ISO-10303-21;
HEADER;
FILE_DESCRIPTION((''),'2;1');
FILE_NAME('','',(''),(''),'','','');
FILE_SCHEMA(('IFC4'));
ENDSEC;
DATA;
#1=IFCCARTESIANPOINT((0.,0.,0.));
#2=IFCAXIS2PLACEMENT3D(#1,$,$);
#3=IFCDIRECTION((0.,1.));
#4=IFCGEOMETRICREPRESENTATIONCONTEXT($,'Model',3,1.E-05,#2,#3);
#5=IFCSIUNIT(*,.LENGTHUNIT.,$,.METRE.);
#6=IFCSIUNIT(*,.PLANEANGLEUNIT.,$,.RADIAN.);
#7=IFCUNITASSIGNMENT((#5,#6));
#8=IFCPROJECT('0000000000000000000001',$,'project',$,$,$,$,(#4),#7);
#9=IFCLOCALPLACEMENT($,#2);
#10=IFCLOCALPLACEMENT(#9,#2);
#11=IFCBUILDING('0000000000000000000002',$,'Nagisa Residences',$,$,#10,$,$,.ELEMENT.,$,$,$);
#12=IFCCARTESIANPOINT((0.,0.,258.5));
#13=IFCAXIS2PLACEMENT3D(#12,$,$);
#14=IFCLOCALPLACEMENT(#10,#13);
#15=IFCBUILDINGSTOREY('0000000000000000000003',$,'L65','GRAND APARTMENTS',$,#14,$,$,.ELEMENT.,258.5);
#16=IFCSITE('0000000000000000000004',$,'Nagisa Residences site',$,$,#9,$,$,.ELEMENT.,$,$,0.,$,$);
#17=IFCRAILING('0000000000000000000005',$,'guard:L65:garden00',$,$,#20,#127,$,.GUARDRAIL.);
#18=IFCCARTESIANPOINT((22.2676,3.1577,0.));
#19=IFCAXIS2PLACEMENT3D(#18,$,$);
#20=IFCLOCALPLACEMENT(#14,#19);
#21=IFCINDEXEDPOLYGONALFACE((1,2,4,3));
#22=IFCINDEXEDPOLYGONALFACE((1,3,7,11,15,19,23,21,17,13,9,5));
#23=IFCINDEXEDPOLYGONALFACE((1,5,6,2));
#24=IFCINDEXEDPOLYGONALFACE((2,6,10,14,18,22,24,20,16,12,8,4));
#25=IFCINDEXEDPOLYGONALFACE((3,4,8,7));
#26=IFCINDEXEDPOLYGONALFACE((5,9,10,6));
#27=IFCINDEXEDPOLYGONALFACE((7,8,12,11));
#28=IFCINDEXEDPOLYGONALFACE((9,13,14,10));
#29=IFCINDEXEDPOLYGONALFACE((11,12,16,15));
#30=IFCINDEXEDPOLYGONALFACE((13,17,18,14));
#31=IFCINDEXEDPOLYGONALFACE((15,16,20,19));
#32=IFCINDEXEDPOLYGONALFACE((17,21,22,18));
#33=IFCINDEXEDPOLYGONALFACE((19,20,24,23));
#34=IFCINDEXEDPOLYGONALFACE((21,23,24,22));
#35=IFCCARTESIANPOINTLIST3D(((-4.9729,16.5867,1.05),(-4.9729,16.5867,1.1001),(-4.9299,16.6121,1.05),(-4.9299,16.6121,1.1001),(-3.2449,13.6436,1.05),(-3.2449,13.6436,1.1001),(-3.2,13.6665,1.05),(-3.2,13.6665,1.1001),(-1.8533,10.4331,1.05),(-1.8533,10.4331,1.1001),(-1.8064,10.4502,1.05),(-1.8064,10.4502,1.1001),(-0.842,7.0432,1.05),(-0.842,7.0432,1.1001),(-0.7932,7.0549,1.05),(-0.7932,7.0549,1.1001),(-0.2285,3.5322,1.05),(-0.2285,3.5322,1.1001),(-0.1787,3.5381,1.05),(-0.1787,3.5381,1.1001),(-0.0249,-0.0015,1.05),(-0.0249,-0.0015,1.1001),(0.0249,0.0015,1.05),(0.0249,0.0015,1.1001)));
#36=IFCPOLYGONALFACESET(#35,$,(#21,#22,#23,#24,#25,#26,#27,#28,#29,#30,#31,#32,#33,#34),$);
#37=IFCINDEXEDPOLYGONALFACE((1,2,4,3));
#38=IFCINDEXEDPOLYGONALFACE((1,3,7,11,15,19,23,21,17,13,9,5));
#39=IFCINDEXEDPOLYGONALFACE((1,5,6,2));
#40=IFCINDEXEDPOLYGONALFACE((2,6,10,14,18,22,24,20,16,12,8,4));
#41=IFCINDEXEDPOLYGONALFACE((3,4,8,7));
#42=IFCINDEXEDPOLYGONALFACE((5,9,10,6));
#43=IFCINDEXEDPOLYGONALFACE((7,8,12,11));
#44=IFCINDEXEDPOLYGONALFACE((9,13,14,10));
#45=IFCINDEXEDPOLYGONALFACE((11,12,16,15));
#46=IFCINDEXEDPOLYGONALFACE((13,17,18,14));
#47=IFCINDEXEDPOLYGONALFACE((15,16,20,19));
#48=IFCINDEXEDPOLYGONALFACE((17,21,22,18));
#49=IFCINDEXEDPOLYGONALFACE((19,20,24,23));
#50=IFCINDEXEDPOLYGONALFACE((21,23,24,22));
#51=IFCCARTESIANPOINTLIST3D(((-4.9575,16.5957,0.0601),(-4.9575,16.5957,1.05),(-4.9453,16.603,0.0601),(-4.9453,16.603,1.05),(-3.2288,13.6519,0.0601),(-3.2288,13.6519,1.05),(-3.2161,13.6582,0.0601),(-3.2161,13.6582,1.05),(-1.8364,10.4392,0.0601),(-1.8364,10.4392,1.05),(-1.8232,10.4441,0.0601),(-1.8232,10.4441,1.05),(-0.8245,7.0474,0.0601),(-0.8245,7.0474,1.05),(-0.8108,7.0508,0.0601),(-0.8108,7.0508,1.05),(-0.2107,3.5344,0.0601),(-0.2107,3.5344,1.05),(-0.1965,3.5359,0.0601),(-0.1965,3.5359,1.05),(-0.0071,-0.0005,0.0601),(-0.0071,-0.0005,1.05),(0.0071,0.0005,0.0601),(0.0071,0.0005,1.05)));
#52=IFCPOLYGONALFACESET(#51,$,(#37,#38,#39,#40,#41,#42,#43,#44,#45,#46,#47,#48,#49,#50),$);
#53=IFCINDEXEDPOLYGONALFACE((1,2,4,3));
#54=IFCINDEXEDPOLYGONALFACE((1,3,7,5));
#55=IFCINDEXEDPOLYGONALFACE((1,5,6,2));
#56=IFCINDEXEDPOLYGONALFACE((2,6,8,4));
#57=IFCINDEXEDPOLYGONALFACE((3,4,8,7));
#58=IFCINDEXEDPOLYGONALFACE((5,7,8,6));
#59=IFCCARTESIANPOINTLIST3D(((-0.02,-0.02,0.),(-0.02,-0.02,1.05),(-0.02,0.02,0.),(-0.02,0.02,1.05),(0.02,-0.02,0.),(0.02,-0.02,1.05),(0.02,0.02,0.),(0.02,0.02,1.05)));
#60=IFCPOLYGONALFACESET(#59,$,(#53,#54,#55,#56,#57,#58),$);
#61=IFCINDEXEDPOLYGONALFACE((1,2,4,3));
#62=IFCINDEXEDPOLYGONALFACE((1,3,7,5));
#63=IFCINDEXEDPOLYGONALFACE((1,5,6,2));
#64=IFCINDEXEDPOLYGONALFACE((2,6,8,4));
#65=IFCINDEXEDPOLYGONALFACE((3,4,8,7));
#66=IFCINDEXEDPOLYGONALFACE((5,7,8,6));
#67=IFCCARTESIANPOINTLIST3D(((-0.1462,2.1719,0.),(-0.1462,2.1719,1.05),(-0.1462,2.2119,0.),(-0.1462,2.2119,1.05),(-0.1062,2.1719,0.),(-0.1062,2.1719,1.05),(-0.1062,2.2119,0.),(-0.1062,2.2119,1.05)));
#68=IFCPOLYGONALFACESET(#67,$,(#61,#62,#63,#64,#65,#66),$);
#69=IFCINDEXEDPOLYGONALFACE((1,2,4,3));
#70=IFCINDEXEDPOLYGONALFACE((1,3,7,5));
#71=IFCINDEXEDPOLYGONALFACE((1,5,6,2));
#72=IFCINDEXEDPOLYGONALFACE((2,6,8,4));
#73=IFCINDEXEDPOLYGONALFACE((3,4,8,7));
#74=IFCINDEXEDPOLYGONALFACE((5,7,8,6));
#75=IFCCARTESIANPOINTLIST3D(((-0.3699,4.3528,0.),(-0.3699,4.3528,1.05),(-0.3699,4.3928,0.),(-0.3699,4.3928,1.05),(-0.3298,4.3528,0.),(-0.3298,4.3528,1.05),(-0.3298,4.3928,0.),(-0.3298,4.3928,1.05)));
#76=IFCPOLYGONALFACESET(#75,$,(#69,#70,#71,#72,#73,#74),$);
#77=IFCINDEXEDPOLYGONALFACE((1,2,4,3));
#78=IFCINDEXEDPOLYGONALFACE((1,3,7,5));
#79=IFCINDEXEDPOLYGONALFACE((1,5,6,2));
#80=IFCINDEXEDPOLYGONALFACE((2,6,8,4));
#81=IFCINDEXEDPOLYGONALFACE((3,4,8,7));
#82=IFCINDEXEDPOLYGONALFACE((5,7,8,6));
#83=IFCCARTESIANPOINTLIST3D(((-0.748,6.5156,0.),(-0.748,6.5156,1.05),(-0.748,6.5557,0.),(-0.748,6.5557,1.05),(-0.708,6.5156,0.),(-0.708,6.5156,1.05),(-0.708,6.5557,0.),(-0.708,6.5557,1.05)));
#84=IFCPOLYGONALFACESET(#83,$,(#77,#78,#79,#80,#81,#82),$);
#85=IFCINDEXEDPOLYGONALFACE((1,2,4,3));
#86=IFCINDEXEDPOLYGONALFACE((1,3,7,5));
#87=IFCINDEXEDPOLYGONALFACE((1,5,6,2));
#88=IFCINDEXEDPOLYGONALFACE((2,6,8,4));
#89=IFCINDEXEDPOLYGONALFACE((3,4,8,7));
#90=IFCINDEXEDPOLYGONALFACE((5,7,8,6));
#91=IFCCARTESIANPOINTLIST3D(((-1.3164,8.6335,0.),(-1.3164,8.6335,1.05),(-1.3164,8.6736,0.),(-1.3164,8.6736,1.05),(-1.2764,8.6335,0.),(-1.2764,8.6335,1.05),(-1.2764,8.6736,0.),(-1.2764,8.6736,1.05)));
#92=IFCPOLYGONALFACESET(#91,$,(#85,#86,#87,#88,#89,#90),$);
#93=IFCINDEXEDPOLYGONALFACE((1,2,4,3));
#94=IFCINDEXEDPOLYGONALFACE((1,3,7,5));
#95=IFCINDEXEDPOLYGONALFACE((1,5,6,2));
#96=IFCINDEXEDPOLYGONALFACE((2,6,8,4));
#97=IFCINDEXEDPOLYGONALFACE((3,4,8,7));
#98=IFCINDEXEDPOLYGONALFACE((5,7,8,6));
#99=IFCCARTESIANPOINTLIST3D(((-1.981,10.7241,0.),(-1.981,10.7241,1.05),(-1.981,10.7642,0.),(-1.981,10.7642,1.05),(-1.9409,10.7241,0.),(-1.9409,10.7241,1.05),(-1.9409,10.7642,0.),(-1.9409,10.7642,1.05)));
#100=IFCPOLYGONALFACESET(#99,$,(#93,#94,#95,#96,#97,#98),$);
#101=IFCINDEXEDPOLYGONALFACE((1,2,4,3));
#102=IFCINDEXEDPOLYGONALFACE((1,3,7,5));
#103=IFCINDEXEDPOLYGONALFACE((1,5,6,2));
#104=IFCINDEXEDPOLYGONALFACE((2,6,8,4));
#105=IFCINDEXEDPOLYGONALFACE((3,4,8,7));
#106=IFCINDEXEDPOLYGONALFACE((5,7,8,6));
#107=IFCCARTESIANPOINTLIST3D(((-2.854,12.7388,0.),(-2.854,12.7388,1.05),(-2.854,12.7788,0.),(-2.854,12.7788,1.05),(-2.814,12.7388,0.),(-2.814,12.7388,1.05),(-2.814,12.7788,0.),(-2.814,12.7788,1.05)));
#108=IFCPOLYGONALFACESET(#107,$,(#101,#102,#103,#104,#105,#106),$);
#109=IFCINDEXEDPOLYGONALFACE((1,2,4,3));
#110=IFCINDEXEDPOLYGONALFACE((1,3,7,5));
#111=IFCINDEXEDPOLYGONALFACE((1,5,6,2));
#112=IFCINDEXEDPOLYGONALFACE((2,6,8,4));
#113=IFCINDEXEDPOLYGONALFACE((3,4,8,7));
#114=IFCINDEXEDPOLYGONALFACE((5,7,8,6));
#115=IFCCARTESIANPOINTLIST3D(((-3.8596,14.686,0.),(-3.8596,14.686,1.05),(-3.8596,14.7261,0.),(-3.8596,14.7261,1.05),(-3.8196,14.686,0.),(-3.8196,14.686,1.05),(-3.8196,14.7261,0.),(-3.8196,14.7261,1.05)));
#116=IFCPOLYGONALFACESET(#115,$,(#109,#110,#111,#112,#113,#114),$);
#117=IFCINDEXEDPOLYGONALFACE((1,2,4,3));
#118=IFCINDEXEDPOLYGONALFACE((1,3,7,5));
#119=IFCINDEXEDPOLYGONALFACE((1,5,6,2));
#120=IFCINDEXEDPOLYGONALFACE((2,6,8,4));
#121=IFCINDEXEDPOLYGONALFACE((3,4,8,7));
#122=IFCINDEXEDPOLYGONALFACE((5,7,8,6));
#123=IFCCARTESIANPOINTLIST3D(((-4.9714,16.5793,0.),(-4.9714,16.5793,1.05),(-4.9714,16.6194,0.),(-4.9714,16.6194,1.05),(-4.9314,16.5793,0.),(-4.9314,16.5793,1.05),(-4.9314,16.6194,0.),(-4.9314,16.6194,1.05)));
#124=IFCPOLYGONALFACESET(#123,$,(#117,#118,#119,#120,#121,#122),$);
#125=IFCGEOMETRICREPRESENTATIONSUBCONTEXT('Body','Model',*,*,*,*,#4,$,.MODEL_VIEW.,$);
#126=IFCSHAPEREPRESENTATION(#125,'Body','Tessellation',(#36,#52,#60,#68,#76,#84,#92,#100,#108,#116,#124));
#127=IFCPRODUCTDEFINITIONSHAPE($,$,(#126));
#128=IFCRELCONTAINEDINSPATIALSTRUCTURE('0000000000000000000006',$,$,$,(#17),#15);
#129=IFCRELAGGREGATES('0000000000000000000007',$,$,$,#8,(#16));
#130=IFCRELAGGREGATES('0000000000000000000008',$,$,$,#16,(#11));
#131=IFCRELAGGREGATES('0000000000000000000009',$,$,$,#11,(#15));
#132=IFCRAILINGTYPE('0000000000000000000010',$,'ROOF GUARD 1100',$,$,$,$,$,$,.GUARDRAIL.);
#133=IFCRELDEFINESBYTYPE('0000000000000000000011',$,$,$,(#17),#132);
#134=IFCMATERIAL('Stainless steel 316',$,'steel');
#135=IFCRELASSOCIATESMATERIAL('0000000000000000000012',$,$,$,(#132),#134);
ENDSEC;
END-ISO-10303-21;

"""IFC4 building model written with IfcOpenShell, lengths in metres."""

from ifc_helpers import new_model, si_unit, direction, frame, origin, origin_2d, place, context, subcontext, project, spatial, polyline, rectangle, outline, extrude, material, type_object, element, save


model = new_model("IFC4")

# Units and contexts
model_context = context("Model", 3, precision=1e-05, world=origin(), true_north=direction((0.0, 1.0)))
body_context = subcontext(model_context, "Body", "Model", "MODEL_VIEW")
ifc_project = project(units=[si_unit("LENGTHUNIT", "METRE"), si_unit("PLANEANGLEUNIT", "RADIAN")], contexts=[model_context])

# Site, building, storey
site_placement = place(None, origin())
site = spatial("IfcSite", under=ifc_project, at=site_placement, Name="Nagisa Residences site", CompositionType="ELEMENT", RefElevation=0.0)
building_placement = place(site_placement, origin())
building = spatial("IfcBuilding", under=site, at=building_placement, Name="Nagisa Residences", CompositionType="ELEMENT")
storey_placement = place(building_placement, frame((0.0, 0.0, 258.5)))
storey = spatial("IfcBuildingStorey", under=building, at=storey_placement, Name="L65", Description="GRAND APARTMENTS", CompositionType="ELEMENT", Elevation=258.5)

# Railing
ifc_material_1 = material(Name="Stainless steel 316", Category="steel")
railing_type = type_object("IfcRailingType", Name="ROOF GUARD 1100", PredefinedType="GUARDRAIL", material=ifc_material_1)
railing_placement = place(storey_placement, frame((22.2676, 3.1577, 0.0)))
element("IfcRailing", 1, at=railing_placement, inside=storey, type_object=railing_type, Name="guard:L65:garden00", PredefinedType="GUARDRAIL", context=body_context, shape_type="SweptSolid", body=[
    extrude(outline(polyline([(-0.2285, 3.5322), (-0.0249, -0.0015), (0.0249, 0.0015), (-0.1787, 3.5381), (-0.7932, 7.0549), (-1.8064, 10.4502), (-3.2, 13.6665), (-4.9299, 16.6121), (-4.9729, 16.5867), (-3.2449, 13.6436), (-1.8533, 10.4331), (-0.842, 7.0432), (-0.2285, 3.5322)])), frame((0.0, 0.0, 1.05)), (0.0, 0.0, 1.0), 0.05),
    extrude(outline(polyline([(-0.2107, 3.5344), (-0.0071, -0.0005), (0.0071, 0.0005), (-0.1965, 3.5359), (-0.8108, 7.0508), (-1.8232, 10.4441), (-3.2161, 13.6582), (-4.9453, 16.603), (-4.9575, 16.5957), (-3.2288, 13.6519), (-1.8364, 10.4392), (-0.8245, 7.0474), (-0.2107, 3.5344)])), frame((0.0, 0.0, 0.0601)), (0.0, 0.0, 1.0), 0.99),
    extrude(rectangle(XDim=0.04, YDim=0.04, at=origin_2d()), origin(), (0.0, 0.0, 1.0), 1.05),
    extrude(rectangle(XDim=0.04, YDim=0.04, at=origin_2d()), frame((-0.1262, 2.1919, 0.0)), (0.0, 0.0, 1.0), 1.05),
    extrude(rectangle(XDim=0.04, YDim=0.04, at=origin_2d()), frame((-0.3499, 4.3728, 0.0)), (0.0, 0.0, 1.0), 1.05),
    extrude(rectangle(XDim=0.04, YDim=0.04, at=origin_2d()), frame((-0.728, 6.5356, 0.0)), (0.0, 0.0, 1.0), 1.05),
    extrude(rectangle(XDim=0.04, YDim=0.04, at=origin_2d()), frame((-1.2964, 8.6536, 0.0)), (0.0, 0.0, 1.0), 1.05),
    extrude(rectangle(XDim=0.04, YDim=0.04, at=origin_2d()), frame((-1.9609, 10.7441, 0.0)), (0.0, 0.0, 1.0), 1.05),
    extrude(rectangle(XDim=0.04, YDim=0.04, at=origin_2d()), frame((-2.834, 12.7588, 0.0)), (0.0, 0.0, 1.0), 1.05),
    extrude(rectangle(XDim=0.04, YDim=0.04, at=origin_2d()), frame((-3.8396, 14.7061, 0.0)), (0.0, 0.0, 1.0), 1.05),
    extrude(rectangle(XDim=0.04, YDim=0.04, at=origin_2d()), frame((-4.9514, 16.5994, 0.0)), (0.0, 0.0, 1.0), 1.05),
])

save(model, "model.ifc")
